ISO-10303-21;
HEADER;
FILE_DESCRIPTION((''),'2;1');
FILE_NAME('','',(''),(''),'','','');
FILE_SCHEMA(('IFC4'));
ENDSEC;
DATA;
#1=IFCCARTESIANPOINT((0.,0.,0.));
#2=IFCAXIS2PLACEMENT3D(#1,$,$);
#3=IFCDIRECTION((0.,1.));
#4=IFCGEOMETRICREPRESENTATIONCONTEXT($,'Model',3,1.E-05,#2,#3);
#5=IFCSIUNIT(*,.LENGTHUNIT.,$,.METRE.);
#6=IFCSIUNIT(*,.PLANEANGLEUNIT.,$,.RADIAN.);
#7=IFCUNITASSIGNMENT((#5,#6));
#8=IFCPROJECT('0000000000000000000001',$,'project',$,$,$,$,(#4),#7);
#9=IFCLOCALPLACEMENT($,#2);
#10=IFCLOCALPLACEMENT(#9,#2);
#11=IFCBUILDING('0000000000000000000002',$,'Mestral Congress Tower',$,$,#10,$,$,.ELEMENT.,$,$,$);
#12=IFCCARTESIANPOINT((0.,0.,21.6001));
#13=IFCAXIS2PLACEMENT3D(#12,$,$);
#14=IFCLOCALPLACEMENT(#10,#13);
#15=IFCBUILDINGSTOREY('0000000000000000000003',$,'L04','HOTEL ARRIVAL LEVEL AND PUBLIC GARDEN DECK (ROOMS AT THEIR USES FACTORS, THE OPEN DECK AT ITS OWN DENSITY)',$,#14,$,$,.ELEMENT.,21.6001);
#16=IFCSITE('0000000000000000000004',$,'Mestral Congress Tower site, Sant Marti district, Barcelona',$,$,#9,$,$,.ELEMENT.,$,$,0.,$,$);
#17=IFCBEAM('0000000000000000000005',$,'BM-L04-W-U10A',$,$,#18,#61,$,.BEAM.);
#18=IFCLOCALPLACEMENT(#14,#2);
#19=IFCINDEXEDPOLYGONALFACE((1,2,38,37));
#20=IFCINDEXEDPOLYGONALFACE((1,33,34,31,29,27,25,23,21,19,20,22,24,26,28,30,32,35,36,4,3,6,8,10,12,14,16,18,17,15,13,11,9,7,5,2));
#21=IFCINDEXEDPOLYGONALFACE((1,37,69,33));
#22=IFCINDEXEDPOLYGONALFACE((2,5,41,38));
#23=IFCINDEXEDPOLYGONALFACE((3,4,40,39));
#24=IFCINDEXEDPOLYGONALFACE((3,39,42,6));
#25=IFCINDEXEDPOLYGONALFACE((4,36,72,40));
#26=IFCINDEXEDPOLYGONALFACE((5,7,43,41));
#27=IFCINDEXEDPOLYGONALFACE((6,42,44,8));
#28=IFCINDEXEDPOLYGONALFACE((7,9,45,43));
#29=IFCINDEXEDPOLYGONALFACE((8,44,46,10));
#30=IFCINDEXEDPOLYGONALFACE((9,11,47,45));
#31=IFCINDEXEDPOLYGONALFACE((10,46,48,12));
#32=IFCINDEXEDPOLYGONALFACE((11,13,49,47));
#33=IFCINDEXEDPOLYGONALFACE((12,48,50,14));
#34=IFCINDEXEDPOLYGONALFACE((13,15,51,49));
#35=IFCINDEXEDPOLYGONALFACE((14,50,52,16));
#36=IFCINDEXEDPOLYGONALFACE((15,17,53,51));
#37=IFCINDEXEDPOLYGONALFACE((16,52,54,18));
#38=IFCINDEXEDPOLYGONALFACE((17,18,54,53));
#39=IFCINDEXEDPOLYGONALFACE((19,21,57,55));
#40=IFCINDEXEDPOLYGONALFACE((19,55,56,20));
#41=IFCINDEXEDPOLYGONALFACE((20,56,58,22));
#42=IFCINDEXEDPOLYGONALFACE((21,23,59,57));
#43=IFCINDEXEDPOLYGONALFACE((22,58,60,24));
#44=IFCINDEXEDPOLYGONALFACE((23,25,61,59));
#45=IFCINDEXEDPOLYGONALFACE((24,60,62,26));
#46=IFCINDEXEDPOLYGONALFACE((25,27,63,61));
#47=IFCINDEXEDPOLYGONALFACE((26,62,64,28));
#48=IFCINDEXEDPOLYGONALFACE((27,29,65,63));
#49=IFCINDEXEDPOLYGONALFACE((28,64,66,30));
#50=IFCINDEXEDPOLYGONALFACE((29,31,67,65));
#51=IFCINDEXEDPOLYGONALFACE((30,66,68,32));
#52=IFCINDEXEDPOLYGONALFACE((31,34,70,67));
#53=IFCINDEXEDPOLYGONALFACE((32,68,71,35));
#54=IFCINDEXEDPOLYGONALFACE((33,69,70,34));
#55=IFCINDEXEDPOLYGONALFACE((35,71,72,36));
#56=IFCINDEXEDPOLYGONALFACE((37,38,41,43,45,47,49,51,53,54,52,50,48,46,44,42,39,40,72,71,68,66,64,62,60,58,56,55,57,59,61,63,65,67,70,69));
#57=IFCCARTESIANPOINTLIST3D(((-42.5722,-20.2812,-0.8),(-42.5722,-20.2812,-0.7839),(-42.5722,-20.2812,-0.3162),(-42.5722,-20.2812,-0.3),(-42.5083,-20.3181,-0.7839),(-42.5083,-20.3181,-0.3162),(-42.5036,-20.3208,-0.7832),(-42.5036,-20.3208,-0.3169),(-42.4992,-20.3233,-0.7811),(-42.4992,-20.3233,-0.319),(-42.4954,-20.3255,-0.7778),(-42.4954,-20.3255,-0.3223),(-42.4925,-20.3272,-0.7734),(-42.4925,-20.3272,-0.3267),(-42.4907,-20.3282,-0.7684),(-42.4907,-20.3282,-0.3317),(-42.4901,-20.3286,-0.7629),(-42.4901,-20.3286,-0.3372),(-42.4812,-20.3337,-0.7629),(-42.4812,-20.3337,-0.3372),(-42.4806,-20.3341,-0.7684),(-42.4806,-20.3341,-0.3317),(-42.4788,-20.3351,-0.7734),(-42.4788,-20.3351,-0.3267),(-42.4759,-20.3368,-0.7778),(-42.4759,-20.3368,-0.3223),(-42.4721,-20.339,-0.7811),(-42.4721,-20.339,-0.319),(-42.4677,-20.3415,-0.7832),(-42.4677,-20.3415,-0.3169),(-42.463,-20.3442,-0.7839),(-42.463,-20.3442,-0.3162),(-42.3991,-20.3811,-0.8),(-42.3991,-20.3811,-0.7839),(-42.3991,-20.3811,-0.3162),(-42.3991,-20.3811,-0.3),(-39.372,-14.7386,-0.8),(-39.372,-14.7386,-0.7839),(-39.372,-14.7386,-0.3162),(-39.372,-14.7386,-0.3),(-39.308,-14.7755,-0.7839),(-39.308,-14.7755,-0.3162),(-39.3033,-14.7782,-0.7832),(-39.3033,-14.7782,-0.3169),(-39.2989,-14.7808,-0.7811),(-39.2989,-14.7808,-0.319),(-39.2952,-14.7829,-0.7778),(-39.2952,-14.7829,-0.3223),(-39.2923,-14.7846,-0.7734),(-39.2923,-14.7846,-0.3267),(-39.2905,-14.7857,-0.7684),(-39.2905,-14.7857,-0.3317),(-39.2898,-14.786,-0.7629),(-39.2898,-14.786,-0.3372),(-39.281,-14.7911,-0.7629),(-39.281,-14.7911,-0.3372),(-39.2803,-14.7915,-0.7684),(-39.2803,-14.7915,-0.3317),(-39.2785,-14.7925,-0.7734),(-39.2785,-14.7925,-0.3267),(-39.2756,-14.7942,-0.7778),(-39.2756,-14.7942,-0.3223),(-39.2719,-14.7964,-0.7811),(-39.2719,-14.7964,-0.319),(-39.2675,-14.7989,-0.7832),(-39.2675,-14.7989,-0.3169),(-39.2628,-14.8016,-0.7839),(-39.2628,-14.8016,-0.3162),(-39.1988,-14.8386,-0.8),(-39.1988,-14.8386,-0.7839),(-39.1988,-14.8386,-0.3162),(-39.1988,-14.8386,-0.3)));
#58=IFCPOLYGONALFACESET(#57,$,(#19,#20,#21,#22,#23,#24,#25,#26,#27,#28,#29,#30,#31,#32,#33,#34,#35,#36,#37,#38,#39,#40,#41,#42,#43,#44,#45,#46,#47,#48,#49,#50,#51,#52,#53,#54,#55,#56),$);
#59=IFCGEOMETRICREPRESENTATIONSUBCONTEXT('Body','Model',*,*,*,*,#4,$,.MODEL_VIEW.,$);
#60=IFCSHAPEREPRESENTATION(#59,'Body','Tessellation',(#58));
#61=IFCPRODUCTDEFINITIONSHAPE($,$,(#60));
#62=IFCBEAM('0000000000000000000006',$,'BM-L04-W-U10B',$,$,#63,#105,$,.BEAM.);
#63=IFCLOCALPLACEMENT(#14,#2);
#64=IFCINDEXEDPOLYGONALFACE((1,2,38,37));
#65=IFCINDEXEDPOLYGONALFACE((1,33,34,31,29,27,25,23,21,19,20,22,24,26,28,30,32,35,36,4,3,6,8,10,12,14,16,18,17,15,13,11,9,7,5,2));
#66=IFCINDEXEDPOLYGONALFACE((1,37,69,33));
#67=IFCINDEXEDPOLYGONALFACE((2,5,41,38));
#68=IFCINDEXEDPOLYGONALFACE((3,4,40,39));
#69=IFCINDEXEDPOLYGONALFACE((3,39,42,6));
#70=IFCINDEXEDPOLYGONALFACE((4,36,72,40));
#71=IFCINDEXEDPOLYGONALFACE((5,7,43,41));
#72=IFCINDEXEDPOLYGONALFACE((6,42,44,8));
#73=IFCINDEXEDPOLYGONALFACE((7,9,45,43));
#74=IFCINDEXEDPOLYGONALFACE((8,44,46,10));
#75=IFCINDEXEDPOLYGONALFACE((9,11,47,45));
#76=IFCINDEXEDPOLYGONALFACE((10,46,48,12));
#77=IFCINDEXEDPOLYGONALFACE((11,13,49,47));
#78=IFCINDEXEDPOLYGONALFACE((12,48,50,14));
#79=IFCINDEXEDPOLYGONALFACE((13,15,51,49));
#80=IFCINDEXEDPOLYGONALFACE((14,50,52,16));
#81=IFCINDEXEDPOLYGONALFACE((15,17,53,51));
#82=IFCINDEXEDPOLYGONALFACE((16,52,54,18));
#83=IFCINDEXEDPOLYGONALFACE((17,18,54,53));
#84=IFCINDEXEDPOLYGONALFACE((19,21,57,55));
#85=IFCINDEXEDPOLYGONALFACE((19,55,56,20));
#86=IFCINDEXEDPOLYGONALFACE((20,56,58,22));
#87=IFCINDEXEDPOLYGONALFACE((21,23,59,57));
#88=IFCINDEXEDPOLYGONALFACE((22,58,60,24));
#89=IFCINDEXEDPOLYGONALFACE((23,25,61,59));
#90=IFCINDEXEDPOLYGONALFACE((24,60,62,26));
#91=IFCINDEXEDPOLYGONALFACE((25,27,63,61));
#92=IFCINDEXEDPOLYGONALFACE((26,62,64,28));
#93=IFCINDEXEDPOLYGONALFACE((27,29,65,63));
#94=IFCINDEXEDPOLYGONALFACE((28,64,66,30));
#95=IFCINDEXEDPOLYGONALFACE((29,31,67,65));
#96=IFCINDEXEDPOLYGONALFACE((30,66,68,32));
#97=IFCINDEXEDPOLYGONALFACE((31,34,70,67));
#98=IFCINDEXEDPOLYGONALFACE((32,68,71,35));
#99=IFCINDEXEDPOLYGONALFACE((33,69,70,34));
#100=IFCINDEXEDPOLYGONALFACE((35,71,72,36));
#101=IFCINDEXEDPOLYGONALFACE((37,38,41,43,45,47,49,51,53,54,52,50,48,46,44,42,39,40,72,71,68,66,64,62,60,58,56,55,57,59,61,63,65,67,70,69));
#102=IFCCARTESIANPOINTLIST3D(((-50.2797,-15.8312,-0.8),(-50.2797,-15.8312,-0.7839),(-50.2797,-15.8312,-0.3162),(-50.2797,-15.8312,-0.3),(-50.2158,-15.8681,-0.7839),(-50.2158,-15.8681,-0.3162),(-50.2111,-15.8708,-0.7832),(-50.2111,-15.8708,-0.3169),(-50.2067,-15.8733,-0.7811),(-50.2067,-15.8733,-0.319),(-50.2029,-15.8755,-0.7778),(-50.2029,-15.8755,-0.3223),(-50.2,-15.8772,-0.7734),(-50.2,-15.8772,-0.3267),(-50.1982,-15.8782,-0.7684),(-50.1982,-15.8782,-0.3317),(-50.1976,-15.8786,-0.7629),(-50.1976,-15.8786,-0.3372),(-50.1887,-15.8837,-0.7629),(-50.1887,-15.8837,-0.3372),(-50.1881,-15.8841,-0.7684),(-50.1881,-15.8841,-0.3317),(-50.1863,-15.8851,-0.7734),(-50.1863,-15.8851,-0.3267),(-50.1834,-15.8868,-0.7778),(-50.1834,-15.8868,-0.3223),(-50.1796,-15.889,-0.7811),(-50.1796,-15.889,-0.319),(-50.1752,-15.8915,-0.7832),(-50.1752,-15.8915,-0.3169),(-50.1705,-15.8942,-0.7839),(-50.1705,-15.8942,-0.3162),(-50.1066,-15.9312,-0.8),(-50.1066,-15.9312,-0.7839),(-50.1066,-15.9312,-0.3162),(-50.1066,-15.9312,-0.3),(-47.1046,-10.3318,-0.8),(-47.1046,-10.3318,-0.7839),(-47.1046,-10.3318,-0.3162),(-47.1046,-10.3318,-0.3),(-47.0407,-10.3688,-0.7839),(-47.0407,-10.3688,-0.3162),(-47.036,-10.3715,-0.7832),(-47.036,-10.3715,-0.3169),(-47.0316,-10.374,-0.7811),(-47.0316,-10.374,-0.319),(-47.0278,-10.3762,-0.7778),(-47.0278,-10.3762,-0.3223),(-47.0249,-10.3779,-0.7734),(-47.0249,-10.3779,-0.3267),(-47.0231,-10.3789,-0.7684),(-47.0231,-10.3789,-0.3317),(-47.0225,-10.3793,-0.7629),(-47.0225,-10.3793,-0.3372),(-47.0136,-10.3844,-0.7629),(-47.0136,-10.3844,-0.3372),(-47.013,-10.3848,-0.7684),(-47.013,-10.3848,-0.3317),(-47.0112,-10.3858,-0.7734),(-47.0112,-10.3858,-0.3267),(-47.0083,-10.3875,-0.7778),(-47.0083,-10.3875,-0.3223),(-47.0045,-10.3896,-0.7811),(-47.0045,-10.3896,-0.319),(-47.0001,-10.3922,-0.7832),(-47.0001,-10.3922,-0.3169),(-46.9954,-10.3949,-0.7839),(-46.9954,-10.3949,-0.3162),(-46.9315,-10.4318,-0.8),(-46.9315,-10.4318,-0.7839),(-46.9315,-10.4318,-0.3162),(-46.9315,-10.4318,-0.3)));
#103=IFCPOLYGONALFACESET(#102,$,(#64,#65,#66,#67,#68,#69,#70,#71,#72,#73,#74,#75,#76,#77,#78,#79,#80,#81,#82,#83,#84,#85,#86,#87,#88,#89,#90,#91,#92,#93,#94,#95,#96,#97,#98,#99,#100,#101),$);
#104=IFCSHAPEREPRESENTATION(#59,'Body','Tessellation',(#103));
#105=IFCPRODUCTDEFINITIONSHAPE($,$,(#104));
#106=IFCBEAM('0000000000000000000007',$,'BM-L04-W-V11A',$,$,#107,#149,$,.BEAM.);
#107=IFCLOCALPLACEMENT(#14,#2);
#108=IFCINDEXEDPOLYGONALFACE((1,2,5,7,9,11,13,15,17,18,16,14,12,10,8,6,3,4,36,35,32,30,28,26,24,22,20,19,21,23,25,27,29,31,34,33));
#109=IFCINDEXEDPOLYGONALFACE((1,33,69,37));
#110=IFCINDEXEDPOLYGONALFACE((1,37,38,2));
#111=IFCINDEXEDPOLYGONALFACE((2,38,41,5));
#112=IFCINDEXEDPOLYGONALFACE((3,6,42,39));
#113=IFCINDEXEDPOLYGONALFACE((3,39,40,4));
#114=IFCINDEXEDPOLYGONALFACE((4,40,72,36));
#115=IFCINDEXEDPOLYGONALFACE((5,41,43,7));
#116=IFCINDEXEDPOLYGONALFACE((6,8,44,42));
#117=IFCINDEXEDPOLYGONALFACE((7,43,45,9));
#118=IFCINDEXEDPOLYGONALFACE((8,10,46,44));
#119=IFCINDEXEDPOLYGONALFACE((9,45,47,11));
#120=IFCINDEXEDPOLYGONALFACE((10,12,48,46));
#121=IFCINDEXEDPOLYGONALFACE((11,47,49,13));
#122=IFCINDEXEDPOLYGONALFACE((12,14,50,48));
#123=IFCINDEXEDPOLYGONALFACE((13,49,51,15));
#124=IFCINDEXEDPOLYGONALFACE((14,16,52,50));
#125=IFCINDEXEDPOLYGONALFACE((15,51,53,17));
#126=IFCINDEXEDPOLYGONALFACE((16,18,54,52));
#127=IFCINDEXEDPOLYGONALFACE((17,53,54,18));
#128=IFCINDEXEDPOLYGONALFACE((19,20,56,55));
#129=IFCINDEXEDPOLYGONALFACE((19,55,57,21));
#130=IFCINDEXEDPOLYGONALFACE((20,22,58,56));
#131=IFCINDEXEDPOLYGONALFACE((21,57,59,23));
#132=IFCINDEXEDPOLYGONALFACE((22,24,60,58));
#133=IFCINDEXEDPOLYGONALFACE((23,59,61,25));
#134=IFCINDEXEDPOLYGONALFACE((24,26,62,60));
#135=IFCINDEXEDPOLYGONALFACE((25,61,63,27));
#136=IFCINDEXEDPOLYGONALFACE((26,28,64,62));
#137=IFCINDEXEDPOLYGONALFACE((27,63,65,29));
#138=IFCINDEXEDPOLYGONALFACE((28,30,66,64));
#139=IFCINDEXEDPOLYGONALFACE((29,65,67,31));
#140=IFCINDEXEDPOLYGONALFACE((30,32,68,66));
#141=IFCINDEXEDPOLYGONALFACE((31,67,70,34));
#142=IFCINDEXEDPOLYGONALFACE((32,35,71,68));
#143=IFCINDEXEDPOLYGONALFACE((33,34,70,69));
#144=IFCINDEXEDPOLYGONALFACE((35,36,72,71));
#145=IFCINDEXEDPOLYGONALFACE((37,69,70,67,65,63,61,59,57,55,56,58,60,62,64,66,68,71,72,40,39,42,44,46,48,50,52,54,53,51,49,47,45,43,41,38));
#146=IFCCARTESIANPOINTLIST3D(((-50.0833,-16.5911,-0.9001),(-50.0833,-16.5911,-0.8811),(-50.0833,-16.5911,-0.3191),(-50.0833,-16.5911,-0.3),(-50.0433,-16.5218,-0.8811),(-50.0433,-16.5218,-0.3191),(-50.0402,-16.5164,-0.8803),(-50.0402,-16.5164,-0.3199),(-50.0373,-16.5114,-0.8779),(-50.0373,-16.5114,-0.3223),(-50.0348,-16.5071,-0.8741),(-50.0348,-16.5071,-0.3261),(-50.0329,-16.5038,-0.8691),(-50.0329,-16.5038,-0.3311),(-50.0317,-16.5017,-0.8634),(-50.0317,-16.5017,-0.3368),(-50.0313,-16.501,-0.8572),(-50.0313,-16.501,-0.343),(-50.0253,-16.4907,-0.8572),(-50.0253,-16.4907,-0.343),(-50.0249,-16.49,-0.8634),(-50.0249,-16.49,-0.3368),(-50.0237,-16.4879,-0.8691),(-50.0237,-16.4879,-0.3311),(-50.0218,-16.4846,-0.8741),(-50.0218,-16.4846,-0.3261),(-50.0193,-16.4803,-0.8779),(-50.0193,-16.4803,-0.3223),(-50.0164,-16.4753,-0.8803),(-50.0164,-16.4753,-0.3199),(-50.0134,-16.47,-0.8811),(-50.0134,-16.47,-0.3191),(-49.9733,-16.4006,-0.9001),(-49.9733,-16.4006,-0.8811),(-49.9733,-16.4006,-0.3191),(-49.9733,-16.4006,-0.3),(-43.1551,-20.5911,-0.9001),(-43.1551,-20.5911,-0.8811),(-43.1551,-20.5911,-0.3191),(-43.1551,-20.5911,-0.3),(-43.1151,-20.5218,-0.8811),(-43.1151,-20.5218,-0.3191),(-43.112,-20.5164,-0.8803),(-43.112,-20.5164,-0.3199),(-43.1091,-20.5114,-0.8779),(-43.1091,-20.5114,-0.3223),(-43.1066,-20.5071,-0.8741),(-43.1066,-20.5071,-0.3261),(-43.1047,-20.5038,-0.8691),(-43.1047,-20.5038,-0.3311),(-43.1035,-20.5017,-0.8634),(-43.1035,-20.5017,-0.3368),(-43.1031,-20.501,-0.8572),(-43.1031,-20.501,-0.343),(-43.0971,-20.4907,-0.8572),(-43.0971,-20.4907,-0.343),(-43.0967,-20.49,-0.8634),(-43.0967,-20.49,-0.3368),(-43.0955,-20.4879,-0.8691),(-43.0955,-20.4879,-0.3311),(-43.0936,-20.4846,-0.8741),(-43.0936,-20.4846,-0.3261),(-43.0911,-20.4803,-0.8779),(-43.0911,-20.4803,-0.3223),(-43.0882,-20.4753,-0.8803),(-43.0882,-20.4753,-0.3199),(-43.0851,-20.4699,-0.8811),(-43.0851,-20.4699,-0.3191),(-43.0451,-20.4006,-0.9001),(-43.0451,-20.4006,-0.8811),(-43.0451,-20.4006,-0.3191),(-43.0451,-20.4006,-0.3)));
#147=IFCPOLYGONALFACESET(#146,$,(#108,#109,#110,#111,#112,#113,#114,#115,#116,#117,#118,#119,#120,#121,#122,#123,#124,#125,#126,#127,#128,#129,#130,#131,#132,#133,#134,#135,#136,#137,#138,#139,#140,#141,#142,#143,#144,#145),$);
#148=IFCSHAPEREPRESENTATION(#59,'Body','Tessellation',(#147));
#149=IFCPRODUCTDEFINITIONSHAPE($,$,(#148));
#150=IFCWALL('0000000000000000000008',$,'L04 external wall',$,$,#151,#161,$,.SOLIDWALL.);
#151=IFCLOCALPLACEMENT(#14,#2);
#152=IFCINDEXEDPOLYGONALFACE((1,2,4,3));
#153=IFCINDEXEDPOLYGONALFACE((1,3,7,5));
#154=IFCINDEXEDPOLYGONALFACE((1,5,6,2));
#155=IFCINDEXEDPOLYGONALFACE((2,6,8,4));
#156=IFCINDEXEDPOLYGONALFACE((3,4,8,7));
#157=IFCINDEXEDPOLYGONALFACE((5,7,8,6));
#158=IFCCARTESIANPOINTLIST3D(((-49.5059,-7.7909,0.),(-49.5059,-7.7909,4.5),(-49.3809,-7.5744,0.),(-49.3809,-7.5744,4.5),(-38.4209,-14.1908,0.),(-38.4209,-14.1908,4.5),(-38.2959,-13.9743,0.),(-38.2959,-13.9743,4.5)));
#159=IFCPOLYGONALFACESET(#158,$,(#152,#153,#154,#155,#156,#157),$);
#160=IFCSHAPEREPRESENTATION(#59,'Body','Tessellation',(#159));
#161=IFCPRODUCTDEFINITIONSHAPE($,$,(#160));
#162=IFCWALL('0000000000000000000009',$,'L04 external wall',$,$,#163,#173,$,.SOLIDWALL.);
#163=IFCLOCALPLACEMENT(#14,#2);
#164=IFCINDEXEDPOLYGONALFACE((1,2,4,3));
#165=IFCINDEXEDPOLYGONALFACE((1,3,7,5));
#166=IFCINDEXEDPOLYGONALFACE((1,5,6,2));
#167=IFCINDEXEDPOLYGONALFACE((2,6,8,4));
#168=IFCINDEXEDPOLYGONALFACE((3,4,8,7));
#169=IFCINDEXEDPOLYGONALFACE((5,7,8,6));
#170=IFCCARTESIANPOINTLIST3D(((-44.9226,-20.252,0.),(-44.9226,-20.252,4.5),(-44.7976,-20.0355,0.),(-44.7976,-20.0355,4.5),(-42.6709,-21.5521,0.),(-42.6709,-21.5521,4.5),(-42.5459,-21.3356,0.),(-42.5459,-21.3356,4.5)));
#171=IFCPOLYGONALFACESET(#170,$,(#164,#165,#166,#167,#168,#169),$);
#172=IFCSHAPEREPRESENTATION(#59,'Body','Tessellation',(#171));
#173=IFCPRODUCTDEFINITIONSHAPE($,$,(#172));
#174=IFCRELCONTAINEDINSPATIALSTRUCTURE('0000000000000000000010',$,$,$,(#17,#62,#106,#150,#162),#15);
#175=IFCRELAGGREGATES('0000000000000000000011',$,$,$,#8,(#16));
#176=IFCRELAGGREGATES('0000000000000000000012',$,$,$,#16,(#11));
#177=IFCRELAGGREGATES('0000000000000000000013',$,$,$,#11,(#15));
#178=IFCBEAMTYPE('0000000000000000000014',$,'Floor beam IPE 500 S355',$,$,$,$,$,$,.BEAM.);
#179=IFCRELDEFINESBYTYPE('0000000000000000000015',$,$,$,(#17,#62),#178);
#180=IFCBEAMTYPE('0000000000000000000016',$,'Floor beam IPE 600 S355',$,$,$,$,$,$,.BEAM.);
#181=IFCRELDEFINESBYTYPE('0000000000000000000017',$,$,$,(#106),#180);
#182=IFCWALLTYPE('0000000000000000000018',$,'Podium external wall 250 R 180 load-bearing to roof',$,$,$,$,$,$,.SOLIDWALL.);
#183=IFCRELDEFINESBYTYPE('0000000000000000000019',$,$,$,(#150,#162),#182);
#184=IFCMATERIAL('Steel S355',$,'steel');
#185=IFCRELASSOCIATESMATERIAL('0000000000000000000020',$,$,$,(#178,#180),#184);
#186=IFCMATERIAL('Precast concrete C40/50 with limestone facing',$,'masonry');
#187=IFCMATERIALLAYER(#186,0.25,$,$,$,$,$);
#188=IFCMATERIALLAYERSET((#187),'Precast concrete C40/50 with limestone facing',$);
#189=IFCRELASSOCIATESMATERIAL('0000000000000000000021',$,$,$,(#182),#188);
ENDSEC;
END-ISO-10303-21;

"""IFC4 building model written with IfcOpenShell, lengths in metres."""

from ifc_helpers import new_model, si_unit, direction, frame, frame_2d, origin, origin_2d, place, context, subcontext, project, spatial, rectangle, i_section, extrude, material, layer, layer_set, material_profile, profile_set, type_object, element, save


model = new_model("IFC4")

# Units and contexts
model_context = context("Model", 3, precision=1e-05, world=origin(), true_north=direction((0.0, 1.0)))
body_context = subcontext(model_context, "Body", "Model", "MODEL_VIEW")
ifc_project = project(units=[si_unit("LENGTHUNIT", "METRE"), si_unit("PLANEANGLEUNIT", "RADIAN")], contexts=[model_context])

# Site, building, storey
site_placement = place(None, origin())
site = spatial("IfcSite", under=ifc_project, at=site_placement, Name="Mestral Congress Tower site, Sant Marti district, Barcelona", CompositionType="ELEMENT", RefElevation=0.0)
building_placement = place(site_placement, origin())
building = spatial("IfcBuilding", under=site, at=building_placement, Name="Mestral Congress Tower", CompositionType="ELEMENT")
storey_placement = place(building_placement, frame((0.0, 0.0, 21.6001)))
storey = spatial("IfcBuildingStorey", under=building, at=storey_placement, Name="L04", Description="HOTEL ARRIVAL LEVEL AND PUBLIC GARDEN DECK (ROOMS AT THEIR USES FACTORS, THE OPEN DECK AT ITS OWN DENSITY)", CompositionType="ELEMENT", Elevation=21.6001)

# Beams
ifc_material_1 = material(Name="Steel S355", Category="steel")
ifc_material_profile_1 = material_profile(ifc_material_1, i_section(OverallWidth=0.2, OverallDepth=0.5, WebThickness=0.0103, FlangeThickness=0.0161, FilletRadius=0.021, at=origin_2d()), Name="IPE 500")
ifc_profile_set_1 = profile_set([ifc_material_profile_1], Name="Steel S355")
beam_type_1 = type_object("IfcBeamType", Name="Floor beam IPE 500 S355", PredefinedType="BEAM", material=ifc_profile_set_1)
beam_1_placement = place(storey_placement, frame((-39.2854, -14.7886, -0.55), z_axis=(-0.500028, -0.866009, 0.0), x_axis=(0.866009, -0.500028, 0.0)))
element("IfcBeam", 1, at=beam_1_placement, inside=storey, type_object=beam_type_1, Name="BM-L04-W-U10A", PredefinedType="BEAM", context=body_context, shape_type="SweptSolid", body=[
    extrude(i_section(OverallWidth=0.2, OverallDepth=0.5, WebThickness=0.0103, FlangeThickness=0.0161, FilletRadius=0.021, at=origin_2d()), origin(), (0.0, 0.0, 1.0), 6.4001),
])
beam_2_placement = place(storey_placement, frame((-47.0181, -10.3818, -0.55), z_axis=(-0.500005, -0.866022, 0.0), x_axis=(0.866022, -0.500005, 0.0)))
element("IfcBeam", 2, at=beam_2_placement, inside=storey, type_object=beam_type_1, Name="BM-L04-W-U10B", PredefinedType="BEAM", context=body_context, shape_type="SweptSolid", body=[
    extrude(i_section(OverallWidth=0.2, OverallDepth=0.5, WebThickness=0.0103, FlangeThickness=0.0161, FilletRadius=0.021, at=origin_2d()), origin(), (0.0, 0.0, 1.0), 6.3501),
])
ifc_material_profile_2 = material_profile(ifc_material_1, i_section(OverallWidth=0.22, OverallDepth=0.6001, WebThickness=0.012, FlangeThickness=0.019, FilletRadius=0.0239, at=origin_2d()), Name="IPE 600")
ifc_profile_set_2 = profile_set([ifc_material_profile_2], Name="Steel S355")
beam_type_2 = type_object("IfcBeamType", Name="Floor beam IPE 600 S355", PredefinedType="BEAM", material=ifc_profile_set_2)
beam_3_placement = place(storey_placement, frame((-43.1001, -20.4958, -0.6001), z_axis=(-0.866026, 0.499999, 0.0), x_axis=(-0.499999, -0.866026, 0.0)))
element("IfcBeam", 3, at=beam_3_placement, inside=storey, type_object=beam_type_2, Name="BM-L04-W-V11A", PredefinedType="BEAM", context=body_context, shape_type="SweptSolid", body=[
    extrude(i_section(OverallWidth=0.22, OverallDepth=0.6001, WebThickness=0.012, FlangeThickness=0.019, FilletRadius=0.0239, at=origin_2d()), origin(), (0.0, 0.0, 1.0), 8.0),
])

# Walls
ifc_material_2 = material(Name="Precast concrete C40/50 with limestone facing", Category="masonry")
ifc_layer_1 = layer(ifc_material_2, 0.25)
ifc_layer_set_1 = layer_set([ifc_layer_1], Name="Precast concrete C40/50 with limestone facing")
wall_type_1 = type_object("IfcWallType", Name="Podium external wall 250 R 180 load-bearing to roof", PredefinedType="SOLIDWALL", material=ifc_layer_set_1)
wall_1_placement = place(storey_placement, frame((-38.3584, -14.0825, 0.0), z_axis=(0.0, 0.0, 1.0), x_axis=(-0.866025, 0.5, 0.0)))
element("IfcWall", 4, at=wall_1_placement, inside=storey, type_object=wall_type_1, Name="L04 external wall", PredefinedType="SOLIDWALL", context=body_context, shape_type="SweptSolid", body=[
    extrude(rectangle(XDim=12.7998, YDim=0.25, at=frame_2d((6.3999, 0.0))), origin(), (0.0, 0.0, 1.0), 4.5),
])
wall_2_placement = place(storey_placement, frame((-42.6084, -21.4438, 0.0), z_axis=(0.0, 0.0, 1.0), x_axis=(-0.866021, 0.500007, 0.0)))
element("IfcWall", 5, at=wall_2_placement, inside=storey, type_object=wall_type_1, Name="L04 external wall", PredefinedType="SOLIDWALL", context=body_context, shape_type="SweptSolid", body=[
    extrude(rectangle(XDim=2.6001, YDim=0.25, at=frame_2d((1.3, 0.0))), origin(), (0.0, 0.0, 1.0), 4.5),
])

save(model, "model.ifc")
